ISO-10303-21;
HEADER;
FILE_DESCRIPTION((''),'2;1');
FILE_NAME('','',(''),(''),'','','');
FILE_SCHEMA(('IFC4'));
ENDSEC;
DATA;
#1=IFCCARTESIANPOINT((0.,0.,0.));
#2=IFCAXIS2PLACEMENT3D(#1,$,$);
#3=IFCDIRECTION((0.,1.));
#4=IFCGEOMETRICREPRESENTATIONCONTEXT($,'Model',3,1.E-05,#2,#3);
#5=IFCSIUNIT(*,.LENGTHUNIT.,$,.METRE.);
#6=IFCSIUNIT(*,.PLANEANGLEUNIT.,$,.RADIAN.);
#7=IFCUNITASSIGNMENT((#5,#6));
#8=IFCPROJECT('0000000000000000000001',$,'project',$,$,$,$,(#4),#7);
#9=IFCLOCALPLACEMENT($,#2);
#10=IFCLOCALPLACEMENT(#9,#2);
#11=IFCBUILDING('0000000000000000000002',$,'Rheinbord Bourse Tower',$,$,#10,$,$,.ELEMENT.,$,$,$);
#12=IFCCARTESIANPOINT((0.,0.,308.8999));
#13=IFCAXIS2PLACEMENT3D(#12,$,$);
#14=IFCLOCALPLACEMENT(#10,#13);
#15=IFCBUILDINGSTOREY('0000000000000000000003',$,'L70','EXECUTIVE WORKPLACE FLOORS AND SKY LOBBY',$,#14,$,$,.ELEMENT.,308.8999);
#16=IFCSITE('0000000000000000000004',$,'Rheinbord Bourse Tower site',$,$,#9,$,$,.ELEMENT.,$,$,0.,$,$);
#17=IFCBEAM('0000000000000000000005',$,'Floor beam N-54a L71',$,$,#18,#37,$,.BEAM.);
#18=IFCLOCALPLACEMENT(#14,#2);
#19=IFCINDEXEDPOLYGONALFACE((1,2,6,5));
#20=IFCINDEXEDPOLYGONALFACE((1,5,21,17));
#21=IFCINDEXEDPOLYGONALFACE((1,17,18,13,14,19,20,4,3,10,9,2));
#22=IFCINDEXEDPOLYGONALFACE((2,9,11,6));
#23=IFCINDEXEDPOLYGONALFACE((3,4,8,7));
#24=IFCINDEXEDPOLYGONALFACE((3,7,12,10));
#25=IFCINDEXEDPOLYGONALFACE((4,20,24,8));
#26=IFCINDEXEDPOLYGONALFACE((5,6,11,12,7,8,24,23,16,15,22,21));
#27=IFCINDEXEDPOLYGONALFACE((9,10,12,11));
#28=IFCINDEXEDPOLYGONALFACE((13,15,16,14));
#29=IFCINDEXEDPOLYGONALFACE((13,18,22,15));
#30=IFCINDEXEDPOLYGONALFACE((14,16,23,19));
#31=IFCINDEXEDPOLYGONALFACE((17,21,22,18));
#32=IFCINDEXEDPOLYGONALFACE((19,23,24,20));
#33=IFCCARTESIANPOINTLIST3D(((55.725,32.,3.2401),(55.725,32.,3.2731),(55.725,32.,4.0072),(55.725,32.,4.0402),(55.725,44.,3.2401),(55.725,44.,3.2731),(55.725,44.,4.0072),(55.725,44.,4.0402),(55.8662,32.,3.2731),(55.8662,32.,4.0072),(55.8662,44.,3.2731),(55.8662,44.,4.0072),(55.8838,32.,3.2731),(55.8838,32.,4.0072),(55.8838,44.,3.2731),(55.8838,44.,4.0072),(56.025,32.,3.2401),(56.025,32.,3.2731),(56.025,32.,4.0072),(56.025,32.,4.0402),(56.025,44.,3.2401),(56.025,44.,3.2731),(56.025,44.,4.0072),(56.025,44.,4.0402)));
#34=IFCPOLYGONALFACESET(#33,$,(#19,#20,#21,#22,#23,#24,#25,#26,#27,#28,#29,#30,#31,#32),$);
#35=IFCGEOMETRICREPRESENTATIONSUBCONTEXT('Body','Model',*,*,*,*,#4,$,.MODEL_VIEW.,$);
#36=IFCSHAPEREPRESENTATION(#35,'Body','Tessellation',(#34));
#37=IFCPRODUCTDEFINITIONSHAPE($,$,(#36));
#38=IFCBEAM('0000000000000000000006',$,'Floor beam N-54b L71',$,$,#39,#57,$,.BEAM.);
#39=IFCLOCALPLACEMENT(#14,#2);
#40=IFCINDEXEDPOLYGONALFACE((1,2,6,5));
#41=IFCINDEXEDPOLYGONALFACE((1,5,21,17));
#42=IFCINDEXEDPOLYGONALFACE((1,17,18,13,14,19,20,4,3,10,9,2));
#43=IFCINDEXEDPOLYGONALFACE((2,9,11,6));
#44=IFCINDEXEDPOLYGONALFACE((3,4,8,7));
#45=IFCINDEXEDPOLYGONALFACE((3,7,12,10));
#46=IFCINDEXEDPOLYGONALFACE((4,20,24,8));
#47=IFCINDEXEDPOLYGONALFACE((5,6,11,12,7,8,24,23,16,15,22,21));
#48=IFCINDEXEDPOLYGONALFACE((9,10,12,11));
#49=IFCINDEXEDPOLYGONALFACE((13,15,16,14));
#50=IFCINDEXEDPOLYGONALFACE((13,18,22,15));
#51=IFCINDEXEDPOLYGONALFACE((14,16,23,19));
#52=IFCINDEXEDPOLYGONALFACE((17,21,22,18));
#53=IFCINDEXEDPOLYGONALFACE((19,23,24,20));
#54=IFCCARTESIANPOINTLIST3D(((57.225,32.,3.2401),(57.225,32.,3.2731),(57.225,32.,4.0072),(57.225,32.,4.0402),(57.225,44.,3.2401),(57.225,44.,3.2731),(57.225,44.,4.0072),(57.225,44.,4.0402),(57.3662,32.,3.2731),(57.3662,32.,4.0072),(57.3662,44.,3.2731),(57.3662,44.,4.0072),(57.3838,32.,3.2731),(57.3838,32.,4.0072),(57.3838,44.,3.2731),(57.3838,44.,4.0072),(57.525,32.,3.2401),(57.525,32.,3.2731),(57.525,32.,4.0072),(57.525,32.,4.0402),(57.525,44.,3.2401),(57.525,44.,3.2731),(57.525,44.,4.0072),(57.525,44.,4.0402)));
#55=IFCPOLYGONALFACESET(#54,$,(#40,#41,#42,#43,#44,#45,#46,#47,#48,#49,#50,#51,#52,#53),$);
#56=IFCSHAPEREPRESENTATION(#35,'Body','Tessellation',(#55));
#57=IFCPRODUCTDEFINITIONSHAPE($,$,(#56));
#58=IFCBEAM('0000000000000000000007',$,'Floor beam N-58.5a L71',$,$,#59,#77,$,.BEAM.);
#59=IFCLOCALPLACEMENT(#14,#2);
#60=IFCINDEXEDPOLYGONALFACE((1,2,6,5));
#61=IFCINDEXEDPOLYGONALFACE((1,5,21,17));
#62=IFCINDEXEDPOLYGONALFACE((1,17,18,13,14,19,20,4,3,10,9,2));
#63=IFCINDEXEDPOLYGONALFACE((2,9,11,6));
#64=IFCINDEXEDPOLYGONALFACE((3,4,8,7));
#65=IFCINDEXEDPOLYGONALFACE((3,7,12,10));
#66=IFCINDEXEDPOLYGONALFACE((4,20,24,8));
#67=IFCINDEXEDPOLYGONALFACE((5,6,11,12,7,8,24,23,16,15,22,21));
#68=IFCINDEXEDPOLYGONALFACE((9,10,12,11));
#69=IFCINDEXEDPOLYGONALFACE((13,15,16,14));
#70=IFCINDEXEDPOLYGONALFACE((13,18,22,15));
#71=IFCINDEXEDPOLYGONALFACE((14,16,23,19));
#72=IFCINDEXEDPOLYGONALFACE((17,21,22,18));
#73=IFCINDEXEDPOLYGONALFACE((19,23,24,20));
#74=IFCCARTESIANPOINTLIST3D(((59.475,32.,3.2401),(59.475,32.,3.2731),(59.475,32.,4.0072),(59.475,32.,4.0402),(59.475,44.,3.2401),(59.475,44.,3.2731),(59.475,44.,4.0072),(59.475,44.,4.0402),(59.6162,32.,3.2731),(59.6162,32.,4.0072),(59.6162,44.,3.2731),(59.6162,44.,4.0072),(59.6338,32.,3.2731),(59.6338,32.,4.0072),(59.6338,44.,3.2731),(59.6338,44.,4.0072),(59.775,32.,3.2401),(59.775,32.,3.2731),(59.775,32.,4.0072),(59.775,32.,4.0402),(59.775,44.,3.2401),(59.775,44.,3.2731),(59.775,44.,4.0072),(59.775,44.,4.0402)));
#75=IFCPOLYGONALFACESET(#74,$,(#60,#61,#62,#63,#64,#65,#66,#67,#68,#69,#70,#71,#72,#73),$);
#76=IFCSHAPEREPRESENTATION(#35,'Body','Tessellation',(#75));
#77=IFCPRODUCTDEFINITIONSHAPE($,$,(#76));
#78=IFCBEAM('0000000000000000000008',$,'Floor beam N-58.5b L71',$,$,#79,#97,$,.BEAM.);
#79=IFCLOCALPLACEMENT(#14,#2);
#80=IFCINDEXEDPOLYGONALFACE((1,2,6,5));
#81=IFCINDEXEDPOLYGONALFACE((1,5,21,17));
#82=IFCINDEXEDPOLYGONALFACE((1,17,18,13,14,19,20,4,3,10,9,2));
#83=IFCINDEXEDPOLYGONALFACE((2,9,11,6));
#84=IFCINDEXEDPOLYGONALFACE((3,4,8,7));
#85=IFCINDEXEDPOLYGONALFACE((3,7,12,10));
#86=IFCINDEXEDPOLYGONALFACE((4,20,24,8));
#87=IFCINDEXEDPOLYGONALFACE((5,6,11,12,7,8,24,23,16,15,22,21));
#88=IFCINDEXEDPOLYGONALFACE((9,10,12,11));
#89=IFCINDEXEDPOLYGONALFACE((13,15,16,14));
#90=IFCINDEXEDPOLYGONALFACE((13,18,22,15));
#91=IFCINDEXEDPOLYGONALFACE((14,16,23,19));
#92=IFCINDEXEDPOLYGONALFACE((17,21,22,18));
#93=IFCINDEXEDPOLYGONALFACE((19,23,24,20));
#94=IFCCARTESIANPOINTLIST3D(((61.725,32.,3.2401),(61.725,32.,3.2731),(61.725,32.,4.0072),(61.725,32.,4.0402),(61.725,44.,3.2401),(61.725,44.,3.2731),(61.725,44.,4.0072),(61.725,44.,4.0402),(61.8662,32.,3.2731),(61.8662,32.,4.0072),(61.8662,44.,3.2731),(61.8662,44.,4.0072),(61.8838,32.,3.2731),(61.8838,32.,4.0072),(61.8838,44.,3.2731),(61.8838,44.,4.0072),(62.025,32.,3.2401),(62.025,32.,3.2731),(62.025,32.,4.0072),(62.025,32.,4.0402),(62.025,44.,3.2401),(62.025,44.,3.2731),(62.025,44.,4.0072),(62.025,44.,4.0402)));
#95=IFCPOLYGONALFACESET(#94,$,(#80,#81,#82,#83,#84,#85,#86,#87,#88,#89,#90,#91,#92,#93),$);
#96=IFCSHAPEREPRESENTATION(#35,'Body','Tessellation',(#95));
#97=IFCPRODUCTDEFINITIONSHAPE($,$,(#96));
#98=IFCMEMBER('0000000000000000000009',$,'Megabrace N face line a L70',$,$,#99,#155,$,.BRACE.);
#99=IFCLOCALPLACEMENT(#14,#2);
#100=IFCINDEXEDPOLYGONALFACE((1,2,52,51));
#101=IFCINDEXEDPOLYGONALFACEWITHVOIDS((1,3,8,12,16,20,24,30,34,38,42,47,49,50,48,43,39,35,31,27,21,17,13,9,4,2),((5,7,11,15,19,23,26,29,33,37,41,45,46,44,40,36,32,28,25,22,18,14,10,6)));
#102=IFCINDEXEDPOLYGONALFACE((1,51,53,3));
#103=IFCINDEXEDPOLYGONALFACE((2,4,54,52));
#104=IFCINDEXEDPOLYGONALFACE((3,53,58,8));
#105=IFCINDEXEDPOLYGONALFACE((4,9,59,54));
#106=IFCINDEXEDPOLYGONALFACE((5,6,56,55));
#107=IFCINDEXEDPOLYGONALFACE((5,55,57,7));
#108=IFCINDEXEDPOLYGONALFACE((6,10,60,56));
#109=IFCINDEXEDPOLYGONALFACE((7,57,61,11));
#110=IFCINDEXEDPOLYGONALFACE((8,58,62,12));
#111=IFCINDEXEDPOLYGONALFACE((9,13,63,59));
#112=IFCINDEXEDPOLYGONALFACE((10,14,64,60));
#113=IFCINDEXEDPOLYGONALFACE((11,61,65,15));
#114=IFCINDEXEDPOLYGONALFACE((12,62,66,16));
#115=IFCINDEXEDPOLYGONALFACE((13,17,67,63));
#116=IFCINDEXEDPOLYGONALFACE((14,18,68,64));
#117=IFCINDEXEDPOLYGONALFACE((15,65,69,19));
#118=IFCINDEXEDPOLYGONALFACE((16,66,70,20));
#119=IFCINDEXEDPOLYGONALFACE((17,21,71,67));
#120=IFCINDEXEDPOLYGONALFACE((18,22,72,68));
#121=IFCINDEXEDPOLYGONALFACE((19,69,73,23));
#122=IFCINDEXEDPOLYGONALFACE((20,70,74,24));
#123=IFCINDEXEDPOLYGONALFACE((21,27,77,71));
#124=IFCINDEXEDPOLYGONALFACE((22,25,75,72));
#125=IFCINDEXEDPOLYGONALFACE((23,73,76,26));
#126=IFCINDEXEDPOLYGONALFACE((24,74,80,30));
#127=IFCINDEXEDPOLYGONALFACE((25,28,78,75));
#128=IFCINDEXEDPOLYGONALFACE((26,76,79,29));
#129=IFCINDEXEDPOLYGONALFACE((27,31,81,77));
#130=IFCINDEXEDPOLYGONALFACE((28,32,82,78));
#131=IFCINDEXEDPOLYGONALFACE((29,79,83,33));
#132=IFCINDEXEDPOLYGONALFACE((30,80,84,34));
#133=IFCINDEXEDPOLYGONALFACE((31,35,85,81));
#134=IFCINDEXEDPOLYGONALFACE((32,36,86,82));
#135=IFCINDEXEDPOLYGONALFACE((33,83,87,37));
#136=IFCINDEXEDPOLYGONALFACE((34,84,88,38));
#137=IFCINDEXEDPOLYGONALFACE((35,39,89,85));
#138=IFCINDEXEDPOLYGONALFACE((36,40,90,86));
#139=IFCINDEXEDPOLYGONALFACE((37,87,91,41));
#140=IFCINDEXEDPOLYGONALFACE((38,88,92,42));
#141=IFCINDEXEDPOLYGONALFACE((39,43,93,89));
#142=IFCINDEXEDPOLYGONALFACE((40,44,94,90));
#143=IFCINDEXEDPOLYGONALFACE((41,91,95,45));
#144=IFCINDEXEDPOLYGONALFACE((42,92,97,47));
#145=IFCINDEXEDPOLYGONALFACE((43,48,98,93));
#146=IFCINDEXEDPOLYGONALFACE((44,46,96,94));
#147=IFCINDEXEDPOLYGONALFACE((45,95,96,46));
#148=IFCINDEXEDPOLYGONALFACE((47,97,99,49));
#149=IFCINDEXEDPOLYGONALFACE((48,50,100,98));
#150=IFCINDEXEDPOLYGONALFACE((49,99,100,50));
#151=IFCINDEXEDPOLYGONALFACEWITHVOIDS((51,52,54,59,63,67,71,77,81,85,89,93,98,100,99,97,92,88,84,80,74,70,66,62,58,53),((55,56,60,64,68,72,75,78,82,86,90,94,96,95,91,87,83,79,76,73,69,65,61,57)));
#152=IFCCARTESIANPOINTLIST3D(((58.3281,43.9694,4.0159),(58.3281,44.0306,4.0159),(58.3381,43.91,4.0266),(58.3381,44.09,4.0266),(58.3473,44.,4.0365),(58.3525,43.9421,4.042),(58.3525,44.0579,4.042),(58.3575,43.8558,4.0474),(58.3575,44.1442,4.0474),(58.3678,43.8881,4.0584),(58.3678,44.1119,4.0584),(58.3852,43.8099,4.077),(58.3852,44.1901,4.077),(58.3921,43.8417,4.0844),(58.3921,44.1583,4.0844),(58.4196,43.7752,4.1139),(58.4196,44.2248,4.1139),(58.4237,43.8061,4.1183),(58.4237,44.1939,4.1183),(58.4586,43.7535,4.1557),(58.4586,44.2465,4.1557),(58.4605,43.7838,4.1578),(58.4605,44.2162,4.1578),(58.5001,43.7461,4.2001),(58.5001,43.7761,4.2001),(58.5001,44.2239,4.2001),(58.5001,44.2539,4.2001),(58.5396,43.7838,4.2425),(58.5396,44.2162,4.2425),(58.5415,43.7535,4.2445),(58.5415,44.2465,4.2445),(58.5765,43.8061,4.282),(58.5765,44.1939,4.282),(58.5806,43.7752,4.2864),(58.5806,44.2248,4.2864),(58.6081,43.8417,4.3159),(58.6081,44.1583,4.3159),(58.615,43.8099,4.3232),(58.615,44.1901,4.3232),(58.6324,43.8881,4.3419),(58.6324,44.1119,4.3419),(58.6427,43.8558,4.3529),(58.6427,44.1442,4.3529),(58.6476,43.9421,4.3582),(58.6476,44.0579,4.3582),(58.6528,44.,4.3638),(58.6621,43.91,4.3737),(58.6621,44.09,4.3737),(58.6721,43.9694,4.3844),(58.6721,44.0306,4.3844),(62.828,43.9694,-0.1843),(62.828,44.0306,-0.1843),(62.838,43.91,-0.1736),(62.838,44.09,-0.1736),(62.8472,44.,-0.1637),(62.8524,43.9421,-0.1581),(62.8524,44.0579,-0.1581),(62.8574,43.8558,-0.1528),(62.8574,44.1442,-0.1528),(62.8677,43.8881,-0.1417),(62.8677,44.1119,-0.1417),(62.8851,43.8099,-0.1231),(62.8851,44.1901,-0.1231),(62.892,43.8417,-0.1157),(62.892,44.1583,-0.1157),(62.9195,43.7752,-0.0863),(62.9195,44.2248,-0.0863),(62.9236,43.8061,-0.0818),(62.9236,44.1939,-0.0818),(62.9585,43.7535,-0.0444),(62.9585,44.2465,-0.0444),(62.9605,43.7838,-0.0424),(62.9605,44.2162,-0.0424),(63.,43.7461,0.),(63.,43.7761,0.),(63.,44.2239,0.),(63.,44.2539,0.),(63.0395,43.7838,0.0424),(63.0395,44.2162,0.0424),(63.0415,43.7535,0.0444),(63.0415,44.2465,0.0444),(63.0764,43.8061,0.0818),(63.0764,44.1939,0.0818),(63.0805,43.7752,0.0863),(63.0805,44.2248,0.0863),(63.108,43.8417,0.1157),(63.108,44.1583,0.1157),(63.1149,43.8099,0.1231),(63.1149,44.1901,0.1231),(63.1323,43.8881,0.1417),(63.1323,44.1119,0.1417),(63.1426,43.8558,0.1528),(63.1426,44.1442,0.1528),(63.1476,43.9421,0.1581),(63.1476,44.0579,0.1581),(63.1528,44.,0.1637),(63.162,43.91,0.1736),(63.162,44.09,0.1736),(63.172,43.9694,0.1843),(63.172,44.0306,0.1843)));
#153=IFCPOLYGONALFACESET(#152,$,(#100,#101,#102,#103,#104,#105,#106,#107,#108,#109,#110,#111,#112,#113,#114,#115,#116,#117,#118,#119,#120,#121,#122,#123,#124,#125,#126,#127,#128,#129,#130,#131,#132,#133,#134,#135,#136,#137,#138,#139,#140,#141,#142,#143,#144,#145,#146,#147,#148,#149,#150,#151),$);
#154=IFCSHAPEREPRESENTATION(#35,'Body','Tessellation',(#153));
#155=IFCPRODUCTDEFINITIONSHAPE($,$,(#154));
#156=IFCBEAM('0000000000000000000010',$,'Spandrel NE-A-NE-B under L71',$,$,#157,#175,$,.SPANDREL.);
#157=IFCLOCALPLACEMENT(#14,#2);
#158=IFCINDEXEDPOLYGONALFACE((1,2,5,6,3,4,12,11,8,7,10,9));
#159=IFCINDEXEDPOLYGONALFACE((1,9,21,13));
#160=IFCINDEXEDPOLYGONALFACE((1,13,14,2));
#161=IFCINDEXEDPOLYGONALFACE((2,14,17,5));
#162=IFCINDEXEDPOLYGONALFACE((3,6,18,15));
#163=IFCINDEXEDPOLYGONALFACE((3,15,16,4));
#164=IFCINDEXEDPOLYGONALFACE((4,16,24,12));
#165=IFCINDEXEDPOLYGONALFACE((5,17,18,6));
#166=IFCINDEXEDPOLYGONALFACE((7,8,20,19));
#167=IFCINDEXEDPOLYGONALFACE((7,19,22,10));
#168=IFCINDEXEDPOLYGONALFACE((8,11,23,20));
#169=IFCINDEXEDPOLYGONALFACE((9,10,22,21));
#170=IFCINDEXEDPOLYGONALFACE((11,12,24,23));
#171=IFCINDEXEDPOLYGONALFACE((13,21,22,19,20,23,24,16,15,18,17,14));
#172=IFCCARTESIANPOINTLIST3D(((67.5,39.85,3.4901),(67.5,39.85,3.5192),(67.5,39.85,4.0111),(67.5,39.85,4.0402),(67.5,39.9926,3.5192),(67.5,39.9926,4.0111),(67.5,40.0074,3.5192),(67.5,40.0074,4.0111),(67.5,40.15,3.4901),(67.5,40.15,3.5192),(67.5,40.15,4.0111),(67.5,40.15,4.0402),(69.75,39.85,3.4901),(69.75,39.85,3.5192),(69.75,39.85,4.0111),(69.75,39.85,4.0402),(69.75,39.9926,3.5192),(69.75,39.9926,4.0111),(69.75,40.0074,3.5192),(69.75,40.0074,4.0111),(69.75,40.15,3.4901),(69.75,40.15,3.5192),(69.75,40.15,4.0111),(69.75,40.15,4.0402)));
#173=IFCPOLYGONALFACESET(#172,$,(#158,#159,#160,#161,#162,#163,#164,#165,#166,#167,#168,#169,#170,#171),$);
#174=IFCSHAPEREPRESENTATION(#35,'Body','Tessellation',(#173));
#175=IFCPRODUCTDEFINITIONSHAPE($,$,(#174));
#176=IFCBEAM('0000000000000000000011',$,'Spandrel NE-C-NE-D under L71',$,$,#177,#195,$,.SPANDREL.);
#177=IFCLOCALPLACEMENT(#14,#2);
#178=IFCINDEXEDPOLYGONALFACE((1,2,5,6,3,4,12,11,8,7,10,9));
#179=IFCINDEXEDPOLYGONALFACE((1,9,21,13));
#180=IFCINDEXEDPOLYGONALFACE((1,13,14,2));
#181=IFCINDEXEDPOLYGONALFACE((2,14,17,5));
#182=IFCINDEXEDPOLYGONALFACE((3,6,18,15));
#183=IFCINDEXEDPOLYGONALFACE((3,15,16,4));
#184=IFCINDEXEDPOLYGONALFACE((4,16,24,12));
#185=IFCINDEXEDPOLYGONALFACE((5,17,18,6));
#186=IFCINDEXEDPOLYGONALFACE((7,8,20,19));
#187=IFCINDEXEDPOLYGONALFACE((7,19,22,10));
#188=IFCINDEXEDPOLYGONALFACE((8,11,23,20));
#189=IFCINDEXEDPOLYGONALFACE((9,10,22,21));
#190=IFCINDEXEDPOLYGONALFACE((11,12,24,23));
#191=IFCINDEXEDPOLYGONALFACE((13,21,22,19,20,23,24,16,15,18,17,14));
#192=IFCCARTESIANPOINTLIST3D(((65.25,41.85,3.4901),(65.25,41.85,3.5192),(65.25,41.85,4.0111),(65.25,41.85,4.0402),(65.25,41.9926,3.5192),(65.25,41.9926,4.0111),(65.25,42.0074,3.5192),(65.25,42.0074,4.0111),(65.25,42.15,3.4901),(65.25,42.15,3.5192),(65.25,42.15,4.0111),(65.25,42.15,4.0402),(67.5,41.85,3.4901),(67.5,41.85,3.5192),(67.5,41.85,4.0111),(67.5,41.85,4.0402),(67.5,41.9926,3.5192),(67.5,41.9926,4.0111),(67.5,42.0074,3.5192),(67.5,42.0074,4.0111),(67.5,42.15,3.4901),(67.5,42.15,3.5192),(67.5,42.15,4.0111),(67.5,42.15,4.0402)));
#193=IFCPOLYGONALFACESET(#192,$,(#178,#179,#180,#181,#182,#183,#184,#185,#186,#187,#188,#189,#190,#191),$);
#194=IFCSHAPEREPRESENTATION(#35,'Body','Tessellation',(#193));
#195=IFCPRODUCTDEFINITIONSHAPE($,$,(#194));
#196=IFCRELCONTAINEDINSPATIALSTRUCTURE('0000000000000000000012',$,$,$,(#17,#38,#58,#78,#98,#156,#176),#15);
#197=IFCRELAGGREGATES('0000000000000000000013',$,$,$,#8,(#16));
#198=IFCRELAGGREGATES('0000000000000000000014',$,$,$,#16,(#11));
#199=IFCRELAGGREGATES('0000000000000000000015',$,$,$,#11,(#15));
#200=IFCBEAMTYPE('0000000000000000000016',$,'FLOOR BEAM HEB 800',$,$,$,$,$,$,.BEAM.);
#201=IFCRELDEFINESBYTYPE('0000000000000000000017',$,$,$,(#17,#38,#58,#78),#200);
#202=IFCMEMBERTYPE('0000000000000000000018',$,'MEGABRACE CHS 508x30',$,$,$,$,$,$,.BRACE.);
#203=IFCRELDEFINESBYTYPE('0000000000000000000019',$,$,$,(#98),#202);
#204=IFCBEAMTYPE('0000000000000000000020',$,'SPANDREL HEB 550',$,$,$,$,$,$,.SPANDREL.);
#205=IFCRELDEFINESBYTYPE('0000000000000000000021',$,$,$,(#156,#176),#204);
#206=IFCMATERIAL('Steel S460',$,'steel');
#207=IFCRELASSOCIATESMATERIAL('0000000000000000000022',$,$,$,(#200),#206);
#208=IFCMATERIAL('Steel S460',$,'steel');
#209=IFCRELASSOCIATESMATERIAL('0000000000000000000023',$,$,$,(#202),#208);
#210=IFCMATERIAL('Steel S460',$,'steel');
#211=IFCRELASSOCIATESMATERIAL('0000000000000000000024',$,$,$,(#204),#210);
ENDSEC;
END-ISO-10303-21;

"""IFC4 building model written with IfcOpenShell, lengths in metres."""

from ifc_helpers import new_model, si_unit, direction, frame, origin, origin_2d, place, context, subcontext, project, spatial, hollow_circle, i_section, extrude, material, material_profile, profile_set, type_object, element, save


model = new_model("IFC4")

# Units and contexts
model_context = context("Model", 3, precision=1e-05, world=origin(), true_north=direction((0.0, 1.0)))
body_context = subcontext(model_context, "Body", "Model", "MODEL_VIEW")
ifc_project = project(units=[si_unit("LENGTHUNIT", "METRE"), si_unit("PLANEANGLEUNIT", "RADIAN")], contexts=[model_context])

# Site, building, storey
site_placement = place(None, origin())
site = spatial("IfcSite", under=ifc_project, at=site_placement, Name="Rheinbord Bourse Tower site", CompositionType="ELEMENT", RefElevation=0.0)
building_placement = place(site_placement, origin())
building = spatial("IfcBuilding", under=site, at=building_placement, Name="Rheinbord Bourse Tower", CompositionType="ELEMENT")
storey_placement = place(building_placement, frame((0.0, 0.0, 308.8999)))
storey = spatial("IfcBuildingStorey", under=building, at=storey_placement, Name="L70", Description="EXECUTIVE WORKPLACE FLOORS AND SKY LOBBY", CompositionType="ELEMENT", Elevation=308.8999)

# Beams
ifc_material_1 = material(Name="Steel S460", Category="steel")
ifc_material_profile_1 = material_profile(ifc_material_1, i_section(OverallWidth=0.3, OverallDepth=0.8, WebThickness=0.0176, FlangeThickness=0.033, at=origin_2d()), Name="HEB 800")
ifc_profile_set_1 = profile_set([ifc_material_profile_1], Name="Steel S460")
beam_type_1 = type_object("IfcBeamType", Name="FLOOR BEAM HEB 800", PredefinedType="BEAM", material=ifc_profile_set_1)
for number, where, z_axis, x_axis, name in (
    (1, (55.875, 44.0, 3.6401), (0.0, -1.0, 0.0), (1.0, 0.0, 0.0), "Floor beam N-54a L71"),
    (2, (57.375, 44.0, 3.6401), (0.0, -1.0, 0.0), (1.0, 0.0, 0.0), "Floor beam N-54b L71"),
    (3, (59.625, 44.0, 3.6401), (0.0, -1.0, 0.0), (1.0, 0.0, 0.0), "Floor beam N-58.5a L71"),
    (4, (61.875, 44.0, 3.6401), (0.0, -1.0, 0.0), (1.0, 0.0, 0.0), "Floor beam N-58.5b L71"),
):
    element("IfcBeam", number, at=place(storey_placement, frame(where, z_axis=z_axis, x_axis=x_axis)), inside=storey, type_object=beam_type_1, Name=name, PredefinedType="BEAM", context=body_context, shape_type="SweptSolid", body=[
        extrude(i_section(OverallWidth=0.3, OverallDepth=0.8, WebThickness=0.0176, FlangeThickness=0.033, at=origin_2d()), origin(), (0.0, 0.0, 1.0), 12.0),
    ])

# Member
ifc_material_2 = material(Name="Steel S460", Category="steel")
ifc_material_profile_2 = material_profile(ifc_material_2, hollow_circle(Radius=0.2539, WallThickness=0.03, at=origin_2d()), Name="CHS 508x30")
ifc_profile_set_2 = profile_set([ifc_material_profile_2], Name="Steel S460")
member_type_1 = type_object("IfcMemberType", Name="MEGABRACE CHS 508x30", PredefinedType="BRACE", material=ifc_profile_set_2)
member_1_placement = place(storey_placement, frame((63.0, 44.0, 0.0), z_axis=(-0.731039, 0.0, 0.682335), x_axis=(0.0, -1.0, 0.0)))
element("IfcMember", 5, at=member_1_placement, inside=storey, type_object=member_type_1, Name="Megabrace N face line a L70", PredefinedType="BRACE", context=body_context, shape_type="SweptSolid", body=[
    extrude(hollow_circle(Radius=0.2539, WallThickness=0.03, at=origin_2d()), origin(), (0.0, 0.0, 1.0), 6.1555),
])

# Beams
ifc_material_3 = material(Name="Steel S460", Category="steel")
ifc_material_profile_3 = material_profile(ifc_material_3, i_section(OverallWidth=0.3, OverallDepth=0.55, WebThickness=0.0149, FlangeThickness=0.0291, at=origin_2d()), Name="HEB 550")
ifc_profile_set_3 = profile_set([ifc_material_profile_3], Name="Steel S460")
beam_type_2 = type_object("IfcBeamType", Name="SPANDREL HEB 550", PredefinedType="SPANDREL", material=ifc_profile_set_3)
for number, where, z_axis, x_axis, name in (
    (6, (69.75, 40.0, 3.7651), (-1.0, 0.0, 0.0), (0.0, -1.0, 0.0), "Spandrel NE-A-NE-B under L71"),
    (7, (67.5, 42.0, 3.7651), (-1.0, 0.0, 0.0), (0.0, -1.0, 0.0), "Spandrel NE-C-NE-D under L71"),
):
    element("IfcBeam", number, at=place(storey_placement, frame(where, z_axis=z_axis, x_axis=x_axis)), inside=storey, type_object=beam_type_2, Name=name, PredefinedType="SPANDREL", context=body_context, shape_type="SweptSolid", body=[
        extrude(i_section(OverallWidth=0.3, OverallDepth=0.55, WebThickness=0.0149, FlangeThickness=0.0291, at=origin_2d()), origin(), (0.0, 0.0, 1.0), 2.25),
    ])

save(model, "model.ifc")
